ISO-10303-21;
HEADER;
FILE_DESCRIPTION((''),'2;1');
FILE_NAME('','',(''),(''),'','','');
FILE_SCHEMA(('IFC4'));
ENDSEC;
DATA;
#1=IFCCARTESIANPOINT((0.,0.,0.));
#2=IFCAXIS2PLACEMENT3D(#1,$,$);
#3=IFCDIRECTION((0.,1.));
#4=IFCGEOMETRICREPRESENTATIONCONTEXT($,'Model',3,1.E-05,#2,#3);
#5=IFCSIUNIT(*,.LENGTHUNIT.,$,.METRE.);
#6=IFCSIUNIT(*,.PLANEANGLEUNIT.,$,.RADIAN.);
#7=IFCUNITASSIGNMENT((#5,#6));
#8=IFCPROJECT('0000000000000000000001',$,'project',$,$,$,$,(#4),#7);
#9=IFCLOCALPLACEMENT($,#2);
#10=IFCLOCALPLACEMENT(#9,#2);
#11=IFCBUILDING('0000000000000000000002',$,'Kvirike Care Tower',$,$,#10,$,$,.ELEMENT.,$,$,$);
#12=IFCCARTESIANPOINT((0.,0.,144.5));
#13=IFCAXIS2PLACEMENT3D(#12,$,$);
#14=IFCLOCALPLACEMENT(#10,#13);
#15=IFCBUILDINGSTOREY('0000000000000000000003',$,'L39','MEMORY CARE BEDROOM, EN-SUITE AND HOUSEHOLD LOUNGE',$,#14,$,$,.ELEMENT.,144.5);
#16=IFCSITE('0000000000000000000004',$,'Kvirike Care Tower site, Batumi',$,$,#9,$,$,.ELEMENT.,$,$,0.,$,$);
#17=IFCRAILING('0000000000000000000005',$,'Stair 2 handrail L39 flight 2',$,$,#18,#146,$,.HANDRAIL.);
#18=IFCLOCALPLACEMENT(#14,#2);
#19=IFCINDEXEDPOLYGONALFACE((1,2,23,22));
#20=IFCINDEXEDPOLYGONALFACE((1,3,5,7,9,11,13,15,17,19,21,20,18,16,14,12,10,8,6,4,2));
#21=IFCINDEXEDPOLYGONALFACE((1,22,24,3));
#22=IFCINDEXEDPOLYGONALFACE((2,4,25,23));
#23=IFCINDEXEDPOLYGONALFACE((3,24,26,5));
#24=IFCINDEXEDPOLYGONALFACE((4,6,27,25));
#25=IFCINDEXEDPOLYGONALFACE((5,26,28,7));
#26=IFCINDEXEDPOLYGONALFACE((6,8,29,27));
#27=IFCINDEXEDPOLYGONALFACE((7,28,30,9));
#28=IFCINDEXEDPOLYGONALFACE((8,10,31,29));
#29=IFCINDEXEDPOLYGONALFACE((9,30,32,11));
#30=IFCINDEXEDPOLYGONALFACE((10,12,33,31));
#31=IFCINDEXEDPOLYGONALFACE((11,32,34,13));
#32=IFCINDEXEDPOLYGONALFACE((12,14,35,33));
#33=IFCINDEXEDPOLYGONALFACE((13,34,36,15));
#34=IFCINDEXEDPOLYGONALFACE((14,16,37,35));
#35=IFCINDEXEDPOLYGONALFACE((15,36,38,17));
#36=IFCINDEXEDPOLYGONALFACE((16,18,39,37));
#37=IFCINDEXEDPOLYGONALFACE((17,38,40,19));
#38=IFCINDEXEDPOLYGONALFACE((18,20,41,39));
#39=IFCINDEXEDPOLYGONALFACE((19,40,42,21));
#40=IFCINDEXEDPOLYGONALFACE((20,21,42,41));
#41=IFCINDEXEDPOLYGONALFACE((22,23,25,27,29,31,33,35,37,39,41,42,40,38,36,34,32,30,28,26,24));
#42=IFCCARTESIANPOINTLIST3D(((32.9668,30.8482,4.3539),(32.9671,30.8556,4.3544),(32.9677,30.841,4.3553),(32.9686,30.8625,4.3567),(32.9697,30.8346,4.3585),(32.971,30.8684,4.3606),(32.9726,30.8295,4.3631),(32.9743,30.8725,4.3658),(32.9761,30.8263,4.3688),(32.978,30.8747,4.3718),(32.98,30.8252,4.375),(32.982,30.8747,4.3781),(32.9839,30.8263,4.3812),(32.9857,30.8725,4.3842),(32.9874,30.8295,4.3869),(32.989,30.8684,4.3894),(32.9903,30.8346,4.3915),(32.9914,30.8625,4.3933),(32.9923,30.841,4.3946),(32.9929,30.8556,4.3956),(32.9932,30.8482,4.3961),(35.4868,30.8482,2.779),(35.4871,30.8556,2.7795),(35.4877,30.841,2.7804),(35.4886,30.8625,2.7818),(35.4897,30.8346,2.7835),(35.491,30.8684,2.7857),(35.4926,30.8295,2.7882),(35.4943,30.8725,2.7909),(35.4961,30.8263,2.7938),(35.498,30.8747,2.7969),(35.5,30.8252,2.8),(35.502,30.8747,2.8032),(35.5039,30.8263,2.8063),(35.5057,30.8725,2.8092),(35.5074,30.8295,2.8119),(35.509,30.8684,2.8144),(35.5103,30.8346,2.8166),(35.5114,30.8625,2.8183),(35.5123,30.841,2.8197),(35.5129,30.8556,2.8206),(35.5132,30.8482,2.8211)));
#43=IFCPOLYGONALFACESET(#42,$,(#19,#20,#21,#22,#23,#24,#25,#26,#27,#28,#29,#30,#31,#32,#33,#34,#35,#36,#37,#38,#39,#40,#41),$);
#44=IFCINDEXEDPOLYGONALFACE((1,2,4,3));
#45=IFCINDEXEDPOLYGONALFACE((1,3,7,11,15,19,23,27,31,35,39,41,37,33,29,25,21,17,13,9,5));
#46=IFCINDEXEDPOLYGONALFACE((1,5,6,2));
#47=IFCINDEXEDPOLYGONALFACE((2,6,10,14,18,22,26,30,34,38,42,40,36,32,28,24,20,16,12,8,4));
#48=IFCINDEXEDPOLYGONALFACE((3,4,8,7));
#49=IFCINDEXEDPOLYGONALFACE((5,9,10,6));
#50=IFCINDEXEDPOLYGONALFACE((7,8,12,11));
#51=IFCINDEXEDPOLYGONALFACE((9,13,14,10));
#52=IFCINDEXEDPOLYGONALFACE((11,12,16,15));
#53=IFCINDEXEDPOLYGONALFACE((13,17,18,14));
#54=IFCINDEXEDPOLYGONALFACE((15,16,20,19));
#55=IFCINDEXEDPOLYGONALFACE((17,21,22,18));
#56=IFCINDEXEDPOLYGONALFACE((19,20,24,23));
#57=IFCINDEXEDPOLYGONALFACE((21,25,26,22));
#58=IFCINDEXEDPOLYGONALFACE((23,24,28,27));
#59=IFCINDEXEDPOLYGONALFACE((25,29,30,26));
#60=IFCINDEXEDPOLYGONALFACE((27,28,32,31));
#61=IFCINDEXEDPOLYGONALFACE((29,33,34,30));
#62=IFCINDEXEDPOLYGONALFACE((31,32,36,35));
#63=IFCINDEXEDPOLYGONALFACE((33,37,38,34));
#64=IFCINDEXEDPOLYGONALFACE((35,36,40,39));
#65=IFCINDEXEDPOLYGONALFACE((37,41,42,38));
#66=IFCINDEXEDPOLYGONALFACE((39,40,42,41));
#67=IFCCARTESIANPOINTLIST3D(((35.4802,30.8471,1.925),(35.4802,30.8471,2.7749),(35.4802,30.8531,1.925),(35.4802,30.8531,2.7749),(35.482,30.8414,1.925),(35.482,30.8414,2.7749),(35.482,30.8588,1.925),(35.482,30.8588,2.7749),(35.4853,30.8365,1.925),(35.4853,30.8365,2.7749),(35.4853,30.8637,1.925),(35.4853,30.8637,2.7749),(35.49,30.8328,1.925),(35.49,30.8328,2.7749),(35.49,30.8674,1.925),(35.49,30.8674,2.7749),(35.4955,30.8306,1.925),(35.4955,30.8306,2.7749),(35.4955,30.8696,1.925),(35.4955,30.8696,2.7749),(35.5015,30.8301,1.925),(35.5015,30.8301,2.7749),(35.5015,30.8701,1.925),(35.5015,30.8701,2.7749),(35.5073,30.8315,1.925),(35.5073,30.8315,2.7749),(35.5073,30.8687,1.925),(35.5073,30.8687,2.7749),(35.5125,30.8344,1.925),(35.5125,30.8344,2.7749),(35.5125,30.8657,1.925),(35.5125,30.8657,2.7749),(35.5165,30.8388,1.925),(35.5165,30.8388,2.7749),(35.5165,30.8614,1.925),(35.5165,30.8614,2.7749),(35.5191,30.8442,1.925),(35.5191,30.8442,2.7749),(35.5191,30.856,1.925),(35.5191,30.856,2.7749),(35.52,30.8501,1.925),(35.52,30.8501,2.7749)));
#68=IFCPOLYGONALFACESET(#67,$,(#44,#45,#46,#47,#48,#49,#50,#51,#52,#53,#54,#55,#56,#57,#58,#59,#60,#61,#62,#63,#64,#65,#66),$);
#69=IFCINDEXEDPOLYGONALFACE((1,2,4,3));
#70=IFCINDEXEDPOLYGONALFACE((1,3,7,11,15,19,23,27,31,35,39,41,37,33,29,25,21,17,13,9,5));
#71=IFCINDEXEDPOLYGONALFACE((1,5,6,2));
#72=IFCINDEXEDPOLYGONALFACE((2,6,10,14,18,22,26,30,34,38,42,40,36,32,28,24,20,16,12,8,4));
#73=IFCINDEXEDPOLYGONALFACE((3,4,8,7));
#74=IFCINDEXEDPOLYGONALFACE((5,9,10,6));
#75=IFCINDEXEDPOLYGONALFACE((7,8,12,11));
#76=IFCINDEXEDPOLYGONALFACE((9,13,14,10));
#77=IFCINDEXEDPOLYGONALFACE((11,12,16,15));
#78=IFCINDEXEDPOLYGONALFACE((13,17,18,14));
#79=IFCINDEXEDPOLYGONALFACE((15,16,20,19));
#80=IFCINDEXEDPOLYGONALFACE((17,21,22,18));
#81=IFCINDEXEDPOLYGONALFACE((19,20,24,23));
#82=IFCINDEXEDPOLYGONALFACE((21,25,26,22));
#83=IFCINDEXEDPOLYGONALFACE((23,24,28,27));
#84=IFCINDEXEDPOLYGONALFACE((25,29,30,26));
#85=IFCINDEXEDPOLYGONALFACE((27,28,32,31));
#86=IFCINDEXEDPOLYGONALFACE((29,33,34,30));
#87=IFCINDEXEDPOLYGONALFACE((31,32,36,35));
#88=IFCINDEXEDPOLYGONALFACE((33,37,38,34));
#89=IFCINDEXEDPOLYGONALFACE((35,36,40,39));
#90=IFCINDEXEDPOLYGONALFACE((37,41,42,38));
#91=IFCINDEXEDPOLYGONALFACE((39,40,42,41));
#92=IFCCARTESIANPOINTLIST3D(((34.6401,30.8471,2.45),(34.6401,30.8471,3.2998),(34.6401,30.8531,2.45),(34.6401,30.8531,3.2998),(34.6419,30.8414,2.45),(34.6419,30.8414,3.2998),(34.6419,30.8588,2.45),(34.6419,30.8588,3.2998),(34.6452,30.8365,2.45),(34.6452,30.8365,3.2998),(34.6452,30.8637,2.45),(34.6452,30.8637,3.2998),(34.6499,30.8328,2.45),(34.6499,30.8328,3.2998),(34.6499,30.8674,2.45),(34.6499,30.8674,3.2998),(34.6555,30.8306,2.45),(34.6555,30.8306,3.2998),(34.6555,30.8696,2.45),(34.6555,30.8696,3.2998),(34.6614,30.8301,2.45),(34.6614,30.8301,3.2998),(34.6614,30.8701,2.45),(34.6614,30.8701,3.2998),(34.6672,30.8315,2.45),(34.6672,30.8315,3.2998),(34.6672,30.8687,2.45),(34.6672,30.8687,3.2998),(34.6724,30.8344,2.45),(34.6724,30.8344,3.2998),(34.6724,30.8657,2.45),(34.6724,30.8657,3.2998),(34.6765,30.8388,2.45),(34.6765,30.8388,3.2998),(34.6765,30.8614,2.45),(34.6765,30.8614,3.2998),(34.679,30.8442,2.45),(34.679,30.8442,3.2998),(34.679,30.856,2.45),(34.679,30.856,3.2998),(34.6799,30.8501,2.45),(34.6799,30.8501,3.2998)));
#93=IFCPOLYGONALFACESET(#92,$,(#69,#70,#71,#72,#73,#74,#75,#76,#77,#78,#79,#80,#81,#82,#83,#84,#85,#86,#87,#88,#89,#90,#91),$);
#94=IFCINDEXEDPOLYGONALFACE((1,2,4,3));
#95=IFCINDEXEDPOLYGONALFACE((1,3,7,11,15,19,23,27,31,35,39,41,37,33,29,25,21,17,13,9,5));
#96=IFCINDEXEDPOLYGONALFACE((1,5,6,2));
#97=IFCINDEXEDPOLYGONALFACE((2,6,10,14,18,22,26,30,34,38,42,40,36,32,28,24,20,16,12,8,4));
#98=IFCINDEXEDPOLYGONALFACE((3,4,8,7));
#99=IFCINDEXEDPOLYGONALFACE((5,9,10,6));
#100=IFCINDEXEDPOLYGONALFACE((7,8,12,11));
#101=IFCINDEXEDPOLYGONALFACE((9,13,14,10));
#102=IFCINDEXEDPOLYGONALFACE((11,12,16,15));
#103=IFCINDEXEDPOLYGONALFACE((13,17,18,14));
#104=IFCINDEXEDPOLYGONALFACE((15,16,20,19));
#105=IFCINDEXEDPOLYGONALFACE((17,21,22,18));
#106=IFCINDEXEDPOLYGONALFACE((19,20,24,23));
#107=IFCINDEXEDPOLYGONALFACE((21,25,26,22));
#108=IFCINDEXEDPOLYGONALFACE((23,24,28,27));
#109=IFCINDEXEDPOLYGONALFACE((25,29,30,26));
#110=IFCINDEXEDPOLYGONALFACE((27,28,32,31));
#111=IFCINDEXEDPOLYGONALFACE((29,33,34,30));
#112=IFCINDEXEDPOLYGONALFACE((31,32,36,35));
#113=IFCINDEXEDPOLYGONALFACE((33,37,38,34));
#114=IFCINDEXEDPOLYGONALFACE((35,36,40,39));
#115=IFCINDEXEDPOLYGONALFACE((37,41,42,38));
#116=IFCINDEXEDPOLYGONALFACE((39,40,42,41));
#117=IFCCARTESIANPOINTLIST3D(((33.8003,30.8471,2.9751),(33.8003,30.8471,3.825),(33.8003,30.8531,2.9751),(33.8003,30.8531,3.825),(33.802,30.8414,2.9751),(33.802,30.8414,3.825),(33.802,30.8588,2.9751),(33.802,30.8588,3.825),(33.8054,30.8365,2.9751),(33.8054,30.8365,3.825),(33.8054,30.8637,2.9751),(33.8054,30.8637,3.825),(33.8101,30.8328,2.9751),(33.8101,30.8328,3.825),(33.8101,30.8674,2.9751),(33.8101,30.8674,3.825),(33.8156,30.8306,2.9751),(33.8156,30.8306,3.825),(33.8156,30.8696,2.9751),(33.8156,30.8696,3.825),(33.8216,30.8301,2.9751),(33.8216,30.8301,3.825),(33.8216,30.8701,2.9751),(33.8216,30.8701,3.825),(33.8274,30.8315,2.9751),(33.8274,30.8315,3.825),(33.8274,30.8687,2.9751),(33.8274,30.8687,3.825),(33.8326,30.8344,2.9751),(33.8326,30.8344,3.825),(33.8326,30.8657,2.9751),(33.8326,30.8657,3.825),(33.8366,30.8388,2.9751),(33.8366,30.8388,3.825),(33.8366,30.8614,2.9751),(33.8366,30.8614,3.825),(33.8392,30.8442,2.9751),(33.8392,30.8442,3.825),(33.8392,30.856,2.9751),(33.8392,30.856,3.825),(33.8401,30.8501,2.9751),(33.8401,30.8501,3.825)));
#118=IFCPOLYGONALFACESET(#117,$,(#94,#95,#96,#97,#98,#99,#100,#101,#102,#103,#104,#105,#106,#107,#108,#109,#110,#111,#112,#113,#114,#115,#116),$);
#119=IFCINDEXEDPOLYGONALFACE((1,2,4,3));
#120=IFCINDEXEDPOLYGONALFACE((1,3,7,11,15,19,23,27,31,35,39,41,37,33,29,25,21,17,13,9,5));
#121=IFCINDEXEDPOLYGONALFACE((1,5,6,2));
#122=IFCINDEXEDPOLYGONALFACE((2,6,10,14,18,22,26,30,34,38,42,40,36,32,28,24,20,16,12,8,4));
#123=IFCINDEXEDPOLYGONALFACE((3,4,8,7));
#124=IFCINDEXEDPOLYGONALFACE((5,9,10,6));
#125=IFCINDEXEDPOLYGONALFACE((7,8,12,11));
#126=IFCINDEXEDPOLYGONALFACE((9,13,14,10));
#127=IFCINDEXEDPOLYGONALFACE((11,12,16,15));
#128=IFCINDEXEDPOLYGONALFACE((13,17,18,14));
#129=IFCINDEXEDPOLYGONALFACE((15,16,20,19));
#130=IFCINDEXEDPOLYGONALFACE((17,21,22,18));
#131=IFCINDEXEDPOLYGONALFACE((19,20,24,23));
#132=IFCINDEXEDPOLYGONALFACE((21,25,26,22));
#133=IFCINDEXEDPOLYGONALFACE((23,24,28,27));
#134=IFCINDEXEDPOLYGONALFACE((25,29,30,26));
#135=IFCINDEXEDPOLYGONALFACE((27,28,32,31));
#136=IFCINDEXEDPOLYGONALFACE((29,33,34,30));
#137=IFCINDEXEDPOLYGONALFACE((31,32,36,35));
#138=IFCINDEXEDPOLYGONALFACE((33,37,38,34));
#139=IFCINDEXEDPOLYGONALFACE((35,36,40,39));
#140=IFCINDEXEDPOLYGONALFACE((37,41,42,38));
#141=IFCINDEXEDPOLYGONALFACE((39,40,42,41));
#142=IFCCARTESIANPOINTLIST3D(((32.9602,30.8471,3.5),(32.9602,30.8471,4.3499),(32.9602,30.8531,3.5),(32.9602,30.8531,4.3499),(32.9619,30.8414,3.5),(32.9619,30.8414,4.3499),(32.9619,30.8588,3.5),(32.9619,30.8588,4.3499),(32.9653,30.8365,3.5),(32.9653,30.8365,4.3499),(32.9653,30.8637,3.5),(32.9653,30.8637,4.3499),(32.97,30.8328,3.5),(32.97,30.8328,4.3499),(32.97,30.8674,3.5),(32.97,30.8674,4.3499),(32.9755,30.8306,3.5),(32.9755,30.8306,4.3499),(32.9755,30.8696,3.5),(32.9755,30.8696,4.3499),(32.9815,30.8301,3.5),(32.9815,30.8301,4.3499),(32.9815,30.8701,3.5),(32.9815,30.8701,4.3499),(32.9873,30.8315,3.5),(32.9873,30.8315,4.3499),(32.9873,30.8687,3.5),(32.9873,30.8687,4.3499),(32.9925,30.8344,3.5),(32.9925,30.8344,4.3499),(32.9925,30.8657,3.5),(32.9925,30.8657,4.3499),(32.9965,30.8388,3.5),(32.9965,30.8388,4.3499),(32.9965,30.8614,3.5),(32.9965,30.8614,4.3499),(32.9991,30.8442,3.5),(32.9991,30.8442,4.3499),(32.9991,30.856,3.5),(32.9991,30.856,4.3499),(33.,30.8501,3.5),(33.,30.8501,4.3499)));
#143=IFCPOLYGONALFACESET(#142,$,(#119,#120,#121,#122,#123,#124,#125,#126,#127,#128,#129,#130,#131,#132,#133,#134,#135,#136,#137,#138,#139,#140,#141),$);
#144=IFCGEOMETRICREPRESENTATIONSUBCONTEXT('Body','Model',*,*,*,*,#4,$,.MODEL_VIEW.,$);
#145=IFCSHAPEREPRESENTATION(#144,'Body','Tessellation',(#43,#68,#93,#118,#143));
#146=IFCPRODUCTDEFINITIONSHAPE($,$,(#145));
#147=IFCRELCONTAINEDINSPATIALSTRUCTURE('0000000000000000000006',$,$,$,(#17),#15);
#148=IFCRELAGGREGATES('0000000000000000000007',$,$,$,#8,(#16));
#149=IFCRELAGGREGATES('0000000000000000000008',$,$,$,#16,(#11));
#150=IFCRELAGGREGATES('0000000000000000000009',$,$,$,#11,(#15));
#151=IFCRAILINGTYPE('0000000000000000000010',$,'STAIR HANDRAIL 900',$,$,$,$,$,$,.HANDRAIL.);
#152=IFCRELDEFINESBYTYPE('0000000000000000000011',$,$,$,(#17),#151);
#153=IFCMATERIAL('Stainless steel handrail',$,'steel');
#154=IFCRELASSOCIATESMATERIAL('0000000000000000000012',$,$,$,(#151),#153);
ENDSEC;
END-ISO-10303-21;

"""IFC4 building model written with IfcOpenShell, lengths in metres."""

from ifc_helpers import new_model, si_unit, direction, frame, origin, origin_2d, place, context, subcontext, project, spatial, circle, extrude, material, type_object, element, save


model = new_model("IFC4")

# Units and contexts
model_context = context("Model", 3, precision=1e-05, world=origin(), true_north=direction((0.0, 1.0)))
body_context = subcontext(model_context, "Body", "Model", "MODEL_VIEW")
ifc_project = project(units=[si_unit("LENGTHUNIT", "METRE"), si_unit("PLANEANGLEUNIT", "RADIAN")], contexts=[model_context])

# Site, building, storey
site_placement = place(None, origin())
site = spatial("IfcSite", under=ifc_project, at=site_placement, Name="Kvirike Care Tower site, Batumi", CompositionType="ELEMENT", RefElevation=0.0)
building_placement = place(site_placement, origin())
building = spatial("IfcBuilding", under=site, at=building_placement, Name="Kvirike Care Tower", CompositionType="ELEMENT")
storey_placement = place(building_placement, frame((0.0, 0.0, 144.5)))
storey = spatial("IfcBuildingStorey", under=building, at=storey_placement, Name="L39", Description="MEMORY CARE BEDROOM, EN-SUITE AND HOUSEHOLD LOUNGE", CompositionType="ELEMENT", Elevation=144.5)

# Railing
ifc_material_1 = material(Name="Stainless steel handrail", Category="steel")
railing_type = type_object("IfcRailingType", Name="STAIR HANDRAIL 900", PredefinedType="HANDRAIL", material=ifc_material_1)
railing_1_placement = place(storey_placement, frame((35.5, 30.8501, 1.925)))
element("IfcRailing", 1, at=railing_1_placement, inside=storey, type_object=railing_type, Name="Stair 2 handrail L39 flight 2", PredefinedType="HANDRAIL", context=body_context, shape_type="SweptSolid", body=[
    extrude(circle(Radius=0.0249, at=origin_2d()), frame((0.0, 0.0, 0.875), z_axis=(-0.848008, 0.0, 0.529984), x_axis=(0.0, -1.0, 0.0)), (0.0, 0.0, 1.0), 2.9717),
    extrude(circle(Radius=0.02, at=origin_2d()), origin(), (0.0, 0.0, 1.0), 0.8499),
    extrude(circle(Radius=0.02, at=origin_2d()), frame((-0.8401, 0.0, 0.5249)), (0.0, 0.0, 1.0), 0.8499),
    extrude(circle(Radius=0.02, at=origin_2d()), frame((-1.6799, 0.0, 1.05)), (0.0, 0.0, 1.0), 0.8499),
    extrude(circle(Radius=0.02, at=origin_2d()), frame((-2.52, 0.0, 1.575)), (0.0, 0.0, 1.0), 0.8499),
])

save(model, "model.ifc")
